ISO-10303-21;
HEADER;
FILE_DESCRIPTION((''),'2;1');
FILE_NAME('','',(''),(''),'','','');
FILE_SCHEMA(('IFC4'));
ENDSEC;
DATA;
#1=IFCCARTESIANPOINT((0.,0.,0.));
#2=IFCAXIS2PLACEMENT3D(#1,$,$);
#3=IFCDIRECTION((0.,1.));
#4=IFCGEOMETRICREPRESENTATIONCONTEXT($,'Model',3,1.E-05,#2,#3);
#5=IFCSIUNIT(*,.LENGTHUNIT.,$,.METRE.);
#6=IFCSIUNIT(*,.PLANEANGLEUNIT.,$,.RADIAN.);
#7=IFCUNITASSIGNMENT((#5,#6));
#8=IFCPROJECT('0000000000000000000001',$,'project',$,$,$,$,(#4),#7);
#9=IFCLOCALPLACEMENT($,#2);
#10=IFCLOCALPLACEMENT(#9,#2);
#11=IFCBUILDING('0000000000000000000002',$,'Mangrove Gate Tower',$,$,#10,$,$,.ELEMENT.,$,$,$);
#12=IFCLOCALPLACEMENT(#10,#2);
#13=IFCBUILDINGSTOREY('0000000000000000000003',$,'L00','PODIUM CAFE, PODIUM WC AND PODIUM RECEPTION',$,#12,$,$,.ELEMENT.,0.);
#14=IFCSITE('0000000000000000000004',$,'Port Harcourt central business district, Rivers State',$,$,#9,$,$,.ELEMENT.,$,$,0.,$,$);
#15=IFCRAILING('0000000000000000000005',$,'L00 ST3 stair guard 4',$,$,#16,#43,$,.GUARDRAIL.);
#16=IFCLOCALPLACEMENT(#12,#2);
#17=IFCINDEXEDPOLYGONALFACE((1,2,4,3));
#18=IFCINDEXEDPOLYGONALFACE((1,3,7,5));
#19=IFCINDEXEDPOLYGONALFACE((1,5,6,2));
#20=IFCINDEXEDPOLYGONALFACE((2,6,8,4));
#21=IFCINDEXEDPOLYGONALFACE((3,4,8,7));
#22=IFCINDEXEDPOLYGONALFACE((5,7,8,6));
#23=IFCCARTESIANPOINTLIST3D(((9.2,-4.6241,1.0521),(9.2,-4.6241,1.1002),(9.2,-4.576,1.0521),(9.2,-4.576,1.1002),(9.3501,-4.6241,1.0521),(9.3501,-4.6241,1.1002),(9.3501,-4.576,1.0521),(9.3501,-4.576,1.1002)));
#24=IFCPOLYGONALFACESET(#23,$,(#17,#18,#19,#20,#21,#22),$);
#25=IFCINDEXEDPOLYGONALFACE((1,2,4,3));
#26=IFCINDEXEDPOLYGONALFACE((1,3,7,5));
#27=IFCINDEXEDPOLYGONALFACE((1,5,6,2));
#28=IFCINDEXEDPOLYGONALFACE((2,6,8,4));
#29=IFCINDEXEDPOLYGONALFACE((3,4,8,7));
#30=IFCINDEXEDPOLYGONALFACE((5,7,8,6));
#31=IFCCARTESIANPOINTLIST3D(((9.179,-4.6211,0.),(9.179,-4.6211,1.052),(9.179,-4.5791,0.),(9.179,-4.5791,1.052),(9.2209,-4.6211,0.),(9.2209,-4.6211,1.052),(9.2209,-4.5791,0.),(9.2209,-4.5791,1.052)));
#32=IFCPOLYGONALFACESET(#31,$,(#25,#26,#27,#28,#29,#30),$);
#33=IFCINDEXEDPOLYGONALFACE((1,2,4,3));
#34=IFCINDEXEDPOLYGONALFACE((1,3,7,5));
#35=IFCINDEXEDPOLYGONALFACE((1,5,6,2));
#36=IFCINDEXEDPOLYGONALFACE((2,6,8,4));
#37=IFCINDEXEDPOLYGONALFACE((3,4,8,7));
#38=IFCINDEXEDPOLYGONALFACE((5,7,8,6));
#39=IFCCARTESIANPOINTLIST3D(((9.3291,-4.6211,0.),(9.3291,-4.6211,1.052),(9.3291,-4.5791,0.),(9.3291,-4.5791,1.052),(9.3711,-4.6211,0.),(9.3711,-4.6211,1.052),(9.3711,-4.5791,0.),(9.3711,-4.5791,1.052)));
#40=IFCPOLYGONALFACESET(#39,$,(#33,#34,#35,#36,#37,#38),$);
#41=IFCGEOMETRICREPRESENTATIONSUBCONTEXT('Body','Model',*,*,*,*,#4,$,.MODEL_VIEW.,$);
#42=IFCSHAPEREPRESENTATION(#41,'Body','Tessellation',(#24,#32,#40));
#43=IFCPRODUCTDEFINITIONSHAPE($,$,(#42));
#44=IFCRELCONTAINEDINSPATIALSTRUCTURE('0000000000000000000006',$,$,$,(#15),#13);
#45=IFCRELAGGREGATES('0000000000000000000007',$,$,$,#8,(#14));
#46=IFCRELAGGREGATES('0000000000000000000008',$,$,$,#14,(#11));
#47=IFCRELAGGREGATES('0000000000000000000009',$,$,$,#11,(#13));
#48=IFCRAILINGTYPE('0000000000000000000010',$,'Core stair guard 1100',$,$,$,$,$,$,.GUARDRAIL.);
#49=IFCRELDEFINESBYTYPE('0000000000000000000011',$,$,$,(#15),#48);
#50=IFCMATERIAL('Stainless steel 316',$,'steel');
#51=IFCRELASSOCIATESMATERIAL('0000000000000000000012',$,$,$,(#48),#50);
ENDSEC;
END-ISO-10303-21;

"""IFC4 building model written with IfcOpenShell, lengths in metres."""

from ifc_helpers import new_model, si_unit, direction, frame, origin, origin_2d, place, context, subcontext, project, spatial, rectangle, extrude, material, type_object, element, save


model = new_model("IFC4")

# Units and contexts
model_context = context("Model", 3, precision=1e-05, world=origin(), true_north=direction((0.0, 1.0)))
body_context = subcontext(model_context, "Body", "Model", "MODEL_VIEW")
ifc_project = project(units=[si_unit("LENGTHUNIT", "METRE"), si_unit("PLANEANGLEUNIT", "RADIAN")], contexts=[model_context])

# Site, building, storey
site_placement = place(None, origin())
site = spatial("IfcSite", under=ifc_project, at=site_placement, Name="Port Harcourt central business district, Rivers State", CompositionType="ELEMENT", RefElevation=0.0)
building_placement = place(site_placement, origin())
building = spatial("IfcBuilding", under=site, at=building_placement, Name="Mangrove Gate Tower", CompositionType="ELEMENT")
storey_placement = place(building_placement, origin())
storey = spatial("IfcBuildingStorey", under=building, at=storey_placement, Name="L00", Description="PODIUM CAFE, PODIUM WC AND PODIUM RECEPTION", CompositionType="ELEMENT", Elevation=0.0)

# Railing
ifc_material_1 = material(Name="Stainless steel 316", Category="steel")
railing_type_1 = type_object("IfcRailingType", Name="Core stair guard 1100", PredefinedType="GUARDRAIL", material=ifc_material_1)
railing_1_placement = place(storey_placement, frame((9.2, -4.6001, 0.0)))
element("IfcRailing", 1, at=railing_1_placement, inside=storey, type_object=railing_type_1, Name="L00 ST3 stair guard 4", PredefinedType="GUARDRAIL", context=body_context, shape_type="SweptSolid", body=[
    extrude(rectangle(XDim=0.0481, YDim=0.0481, at=origin_2d()), frame((0.0, 0.0, 1.0762), z_axis=(1.0, 0.0, 0.0), x_axis=(0.0, 1.0, 0.0)), (0.0, 0.0, 1.0), 0.1501),
    extrude(rectangle(XDim=0.042, YDim=0.042, at=origin_2d()), origin(), (0.0, 0.0, 1.0), 1.052),
    extrude(rectangle(XDim=0.042, YDim=0.042, at=origin_2d()), frame((0.1501, 0.0, 0.0)), (0.0, 0.0, 1.0), 1.052),
])

save(model, "model.ifc")
